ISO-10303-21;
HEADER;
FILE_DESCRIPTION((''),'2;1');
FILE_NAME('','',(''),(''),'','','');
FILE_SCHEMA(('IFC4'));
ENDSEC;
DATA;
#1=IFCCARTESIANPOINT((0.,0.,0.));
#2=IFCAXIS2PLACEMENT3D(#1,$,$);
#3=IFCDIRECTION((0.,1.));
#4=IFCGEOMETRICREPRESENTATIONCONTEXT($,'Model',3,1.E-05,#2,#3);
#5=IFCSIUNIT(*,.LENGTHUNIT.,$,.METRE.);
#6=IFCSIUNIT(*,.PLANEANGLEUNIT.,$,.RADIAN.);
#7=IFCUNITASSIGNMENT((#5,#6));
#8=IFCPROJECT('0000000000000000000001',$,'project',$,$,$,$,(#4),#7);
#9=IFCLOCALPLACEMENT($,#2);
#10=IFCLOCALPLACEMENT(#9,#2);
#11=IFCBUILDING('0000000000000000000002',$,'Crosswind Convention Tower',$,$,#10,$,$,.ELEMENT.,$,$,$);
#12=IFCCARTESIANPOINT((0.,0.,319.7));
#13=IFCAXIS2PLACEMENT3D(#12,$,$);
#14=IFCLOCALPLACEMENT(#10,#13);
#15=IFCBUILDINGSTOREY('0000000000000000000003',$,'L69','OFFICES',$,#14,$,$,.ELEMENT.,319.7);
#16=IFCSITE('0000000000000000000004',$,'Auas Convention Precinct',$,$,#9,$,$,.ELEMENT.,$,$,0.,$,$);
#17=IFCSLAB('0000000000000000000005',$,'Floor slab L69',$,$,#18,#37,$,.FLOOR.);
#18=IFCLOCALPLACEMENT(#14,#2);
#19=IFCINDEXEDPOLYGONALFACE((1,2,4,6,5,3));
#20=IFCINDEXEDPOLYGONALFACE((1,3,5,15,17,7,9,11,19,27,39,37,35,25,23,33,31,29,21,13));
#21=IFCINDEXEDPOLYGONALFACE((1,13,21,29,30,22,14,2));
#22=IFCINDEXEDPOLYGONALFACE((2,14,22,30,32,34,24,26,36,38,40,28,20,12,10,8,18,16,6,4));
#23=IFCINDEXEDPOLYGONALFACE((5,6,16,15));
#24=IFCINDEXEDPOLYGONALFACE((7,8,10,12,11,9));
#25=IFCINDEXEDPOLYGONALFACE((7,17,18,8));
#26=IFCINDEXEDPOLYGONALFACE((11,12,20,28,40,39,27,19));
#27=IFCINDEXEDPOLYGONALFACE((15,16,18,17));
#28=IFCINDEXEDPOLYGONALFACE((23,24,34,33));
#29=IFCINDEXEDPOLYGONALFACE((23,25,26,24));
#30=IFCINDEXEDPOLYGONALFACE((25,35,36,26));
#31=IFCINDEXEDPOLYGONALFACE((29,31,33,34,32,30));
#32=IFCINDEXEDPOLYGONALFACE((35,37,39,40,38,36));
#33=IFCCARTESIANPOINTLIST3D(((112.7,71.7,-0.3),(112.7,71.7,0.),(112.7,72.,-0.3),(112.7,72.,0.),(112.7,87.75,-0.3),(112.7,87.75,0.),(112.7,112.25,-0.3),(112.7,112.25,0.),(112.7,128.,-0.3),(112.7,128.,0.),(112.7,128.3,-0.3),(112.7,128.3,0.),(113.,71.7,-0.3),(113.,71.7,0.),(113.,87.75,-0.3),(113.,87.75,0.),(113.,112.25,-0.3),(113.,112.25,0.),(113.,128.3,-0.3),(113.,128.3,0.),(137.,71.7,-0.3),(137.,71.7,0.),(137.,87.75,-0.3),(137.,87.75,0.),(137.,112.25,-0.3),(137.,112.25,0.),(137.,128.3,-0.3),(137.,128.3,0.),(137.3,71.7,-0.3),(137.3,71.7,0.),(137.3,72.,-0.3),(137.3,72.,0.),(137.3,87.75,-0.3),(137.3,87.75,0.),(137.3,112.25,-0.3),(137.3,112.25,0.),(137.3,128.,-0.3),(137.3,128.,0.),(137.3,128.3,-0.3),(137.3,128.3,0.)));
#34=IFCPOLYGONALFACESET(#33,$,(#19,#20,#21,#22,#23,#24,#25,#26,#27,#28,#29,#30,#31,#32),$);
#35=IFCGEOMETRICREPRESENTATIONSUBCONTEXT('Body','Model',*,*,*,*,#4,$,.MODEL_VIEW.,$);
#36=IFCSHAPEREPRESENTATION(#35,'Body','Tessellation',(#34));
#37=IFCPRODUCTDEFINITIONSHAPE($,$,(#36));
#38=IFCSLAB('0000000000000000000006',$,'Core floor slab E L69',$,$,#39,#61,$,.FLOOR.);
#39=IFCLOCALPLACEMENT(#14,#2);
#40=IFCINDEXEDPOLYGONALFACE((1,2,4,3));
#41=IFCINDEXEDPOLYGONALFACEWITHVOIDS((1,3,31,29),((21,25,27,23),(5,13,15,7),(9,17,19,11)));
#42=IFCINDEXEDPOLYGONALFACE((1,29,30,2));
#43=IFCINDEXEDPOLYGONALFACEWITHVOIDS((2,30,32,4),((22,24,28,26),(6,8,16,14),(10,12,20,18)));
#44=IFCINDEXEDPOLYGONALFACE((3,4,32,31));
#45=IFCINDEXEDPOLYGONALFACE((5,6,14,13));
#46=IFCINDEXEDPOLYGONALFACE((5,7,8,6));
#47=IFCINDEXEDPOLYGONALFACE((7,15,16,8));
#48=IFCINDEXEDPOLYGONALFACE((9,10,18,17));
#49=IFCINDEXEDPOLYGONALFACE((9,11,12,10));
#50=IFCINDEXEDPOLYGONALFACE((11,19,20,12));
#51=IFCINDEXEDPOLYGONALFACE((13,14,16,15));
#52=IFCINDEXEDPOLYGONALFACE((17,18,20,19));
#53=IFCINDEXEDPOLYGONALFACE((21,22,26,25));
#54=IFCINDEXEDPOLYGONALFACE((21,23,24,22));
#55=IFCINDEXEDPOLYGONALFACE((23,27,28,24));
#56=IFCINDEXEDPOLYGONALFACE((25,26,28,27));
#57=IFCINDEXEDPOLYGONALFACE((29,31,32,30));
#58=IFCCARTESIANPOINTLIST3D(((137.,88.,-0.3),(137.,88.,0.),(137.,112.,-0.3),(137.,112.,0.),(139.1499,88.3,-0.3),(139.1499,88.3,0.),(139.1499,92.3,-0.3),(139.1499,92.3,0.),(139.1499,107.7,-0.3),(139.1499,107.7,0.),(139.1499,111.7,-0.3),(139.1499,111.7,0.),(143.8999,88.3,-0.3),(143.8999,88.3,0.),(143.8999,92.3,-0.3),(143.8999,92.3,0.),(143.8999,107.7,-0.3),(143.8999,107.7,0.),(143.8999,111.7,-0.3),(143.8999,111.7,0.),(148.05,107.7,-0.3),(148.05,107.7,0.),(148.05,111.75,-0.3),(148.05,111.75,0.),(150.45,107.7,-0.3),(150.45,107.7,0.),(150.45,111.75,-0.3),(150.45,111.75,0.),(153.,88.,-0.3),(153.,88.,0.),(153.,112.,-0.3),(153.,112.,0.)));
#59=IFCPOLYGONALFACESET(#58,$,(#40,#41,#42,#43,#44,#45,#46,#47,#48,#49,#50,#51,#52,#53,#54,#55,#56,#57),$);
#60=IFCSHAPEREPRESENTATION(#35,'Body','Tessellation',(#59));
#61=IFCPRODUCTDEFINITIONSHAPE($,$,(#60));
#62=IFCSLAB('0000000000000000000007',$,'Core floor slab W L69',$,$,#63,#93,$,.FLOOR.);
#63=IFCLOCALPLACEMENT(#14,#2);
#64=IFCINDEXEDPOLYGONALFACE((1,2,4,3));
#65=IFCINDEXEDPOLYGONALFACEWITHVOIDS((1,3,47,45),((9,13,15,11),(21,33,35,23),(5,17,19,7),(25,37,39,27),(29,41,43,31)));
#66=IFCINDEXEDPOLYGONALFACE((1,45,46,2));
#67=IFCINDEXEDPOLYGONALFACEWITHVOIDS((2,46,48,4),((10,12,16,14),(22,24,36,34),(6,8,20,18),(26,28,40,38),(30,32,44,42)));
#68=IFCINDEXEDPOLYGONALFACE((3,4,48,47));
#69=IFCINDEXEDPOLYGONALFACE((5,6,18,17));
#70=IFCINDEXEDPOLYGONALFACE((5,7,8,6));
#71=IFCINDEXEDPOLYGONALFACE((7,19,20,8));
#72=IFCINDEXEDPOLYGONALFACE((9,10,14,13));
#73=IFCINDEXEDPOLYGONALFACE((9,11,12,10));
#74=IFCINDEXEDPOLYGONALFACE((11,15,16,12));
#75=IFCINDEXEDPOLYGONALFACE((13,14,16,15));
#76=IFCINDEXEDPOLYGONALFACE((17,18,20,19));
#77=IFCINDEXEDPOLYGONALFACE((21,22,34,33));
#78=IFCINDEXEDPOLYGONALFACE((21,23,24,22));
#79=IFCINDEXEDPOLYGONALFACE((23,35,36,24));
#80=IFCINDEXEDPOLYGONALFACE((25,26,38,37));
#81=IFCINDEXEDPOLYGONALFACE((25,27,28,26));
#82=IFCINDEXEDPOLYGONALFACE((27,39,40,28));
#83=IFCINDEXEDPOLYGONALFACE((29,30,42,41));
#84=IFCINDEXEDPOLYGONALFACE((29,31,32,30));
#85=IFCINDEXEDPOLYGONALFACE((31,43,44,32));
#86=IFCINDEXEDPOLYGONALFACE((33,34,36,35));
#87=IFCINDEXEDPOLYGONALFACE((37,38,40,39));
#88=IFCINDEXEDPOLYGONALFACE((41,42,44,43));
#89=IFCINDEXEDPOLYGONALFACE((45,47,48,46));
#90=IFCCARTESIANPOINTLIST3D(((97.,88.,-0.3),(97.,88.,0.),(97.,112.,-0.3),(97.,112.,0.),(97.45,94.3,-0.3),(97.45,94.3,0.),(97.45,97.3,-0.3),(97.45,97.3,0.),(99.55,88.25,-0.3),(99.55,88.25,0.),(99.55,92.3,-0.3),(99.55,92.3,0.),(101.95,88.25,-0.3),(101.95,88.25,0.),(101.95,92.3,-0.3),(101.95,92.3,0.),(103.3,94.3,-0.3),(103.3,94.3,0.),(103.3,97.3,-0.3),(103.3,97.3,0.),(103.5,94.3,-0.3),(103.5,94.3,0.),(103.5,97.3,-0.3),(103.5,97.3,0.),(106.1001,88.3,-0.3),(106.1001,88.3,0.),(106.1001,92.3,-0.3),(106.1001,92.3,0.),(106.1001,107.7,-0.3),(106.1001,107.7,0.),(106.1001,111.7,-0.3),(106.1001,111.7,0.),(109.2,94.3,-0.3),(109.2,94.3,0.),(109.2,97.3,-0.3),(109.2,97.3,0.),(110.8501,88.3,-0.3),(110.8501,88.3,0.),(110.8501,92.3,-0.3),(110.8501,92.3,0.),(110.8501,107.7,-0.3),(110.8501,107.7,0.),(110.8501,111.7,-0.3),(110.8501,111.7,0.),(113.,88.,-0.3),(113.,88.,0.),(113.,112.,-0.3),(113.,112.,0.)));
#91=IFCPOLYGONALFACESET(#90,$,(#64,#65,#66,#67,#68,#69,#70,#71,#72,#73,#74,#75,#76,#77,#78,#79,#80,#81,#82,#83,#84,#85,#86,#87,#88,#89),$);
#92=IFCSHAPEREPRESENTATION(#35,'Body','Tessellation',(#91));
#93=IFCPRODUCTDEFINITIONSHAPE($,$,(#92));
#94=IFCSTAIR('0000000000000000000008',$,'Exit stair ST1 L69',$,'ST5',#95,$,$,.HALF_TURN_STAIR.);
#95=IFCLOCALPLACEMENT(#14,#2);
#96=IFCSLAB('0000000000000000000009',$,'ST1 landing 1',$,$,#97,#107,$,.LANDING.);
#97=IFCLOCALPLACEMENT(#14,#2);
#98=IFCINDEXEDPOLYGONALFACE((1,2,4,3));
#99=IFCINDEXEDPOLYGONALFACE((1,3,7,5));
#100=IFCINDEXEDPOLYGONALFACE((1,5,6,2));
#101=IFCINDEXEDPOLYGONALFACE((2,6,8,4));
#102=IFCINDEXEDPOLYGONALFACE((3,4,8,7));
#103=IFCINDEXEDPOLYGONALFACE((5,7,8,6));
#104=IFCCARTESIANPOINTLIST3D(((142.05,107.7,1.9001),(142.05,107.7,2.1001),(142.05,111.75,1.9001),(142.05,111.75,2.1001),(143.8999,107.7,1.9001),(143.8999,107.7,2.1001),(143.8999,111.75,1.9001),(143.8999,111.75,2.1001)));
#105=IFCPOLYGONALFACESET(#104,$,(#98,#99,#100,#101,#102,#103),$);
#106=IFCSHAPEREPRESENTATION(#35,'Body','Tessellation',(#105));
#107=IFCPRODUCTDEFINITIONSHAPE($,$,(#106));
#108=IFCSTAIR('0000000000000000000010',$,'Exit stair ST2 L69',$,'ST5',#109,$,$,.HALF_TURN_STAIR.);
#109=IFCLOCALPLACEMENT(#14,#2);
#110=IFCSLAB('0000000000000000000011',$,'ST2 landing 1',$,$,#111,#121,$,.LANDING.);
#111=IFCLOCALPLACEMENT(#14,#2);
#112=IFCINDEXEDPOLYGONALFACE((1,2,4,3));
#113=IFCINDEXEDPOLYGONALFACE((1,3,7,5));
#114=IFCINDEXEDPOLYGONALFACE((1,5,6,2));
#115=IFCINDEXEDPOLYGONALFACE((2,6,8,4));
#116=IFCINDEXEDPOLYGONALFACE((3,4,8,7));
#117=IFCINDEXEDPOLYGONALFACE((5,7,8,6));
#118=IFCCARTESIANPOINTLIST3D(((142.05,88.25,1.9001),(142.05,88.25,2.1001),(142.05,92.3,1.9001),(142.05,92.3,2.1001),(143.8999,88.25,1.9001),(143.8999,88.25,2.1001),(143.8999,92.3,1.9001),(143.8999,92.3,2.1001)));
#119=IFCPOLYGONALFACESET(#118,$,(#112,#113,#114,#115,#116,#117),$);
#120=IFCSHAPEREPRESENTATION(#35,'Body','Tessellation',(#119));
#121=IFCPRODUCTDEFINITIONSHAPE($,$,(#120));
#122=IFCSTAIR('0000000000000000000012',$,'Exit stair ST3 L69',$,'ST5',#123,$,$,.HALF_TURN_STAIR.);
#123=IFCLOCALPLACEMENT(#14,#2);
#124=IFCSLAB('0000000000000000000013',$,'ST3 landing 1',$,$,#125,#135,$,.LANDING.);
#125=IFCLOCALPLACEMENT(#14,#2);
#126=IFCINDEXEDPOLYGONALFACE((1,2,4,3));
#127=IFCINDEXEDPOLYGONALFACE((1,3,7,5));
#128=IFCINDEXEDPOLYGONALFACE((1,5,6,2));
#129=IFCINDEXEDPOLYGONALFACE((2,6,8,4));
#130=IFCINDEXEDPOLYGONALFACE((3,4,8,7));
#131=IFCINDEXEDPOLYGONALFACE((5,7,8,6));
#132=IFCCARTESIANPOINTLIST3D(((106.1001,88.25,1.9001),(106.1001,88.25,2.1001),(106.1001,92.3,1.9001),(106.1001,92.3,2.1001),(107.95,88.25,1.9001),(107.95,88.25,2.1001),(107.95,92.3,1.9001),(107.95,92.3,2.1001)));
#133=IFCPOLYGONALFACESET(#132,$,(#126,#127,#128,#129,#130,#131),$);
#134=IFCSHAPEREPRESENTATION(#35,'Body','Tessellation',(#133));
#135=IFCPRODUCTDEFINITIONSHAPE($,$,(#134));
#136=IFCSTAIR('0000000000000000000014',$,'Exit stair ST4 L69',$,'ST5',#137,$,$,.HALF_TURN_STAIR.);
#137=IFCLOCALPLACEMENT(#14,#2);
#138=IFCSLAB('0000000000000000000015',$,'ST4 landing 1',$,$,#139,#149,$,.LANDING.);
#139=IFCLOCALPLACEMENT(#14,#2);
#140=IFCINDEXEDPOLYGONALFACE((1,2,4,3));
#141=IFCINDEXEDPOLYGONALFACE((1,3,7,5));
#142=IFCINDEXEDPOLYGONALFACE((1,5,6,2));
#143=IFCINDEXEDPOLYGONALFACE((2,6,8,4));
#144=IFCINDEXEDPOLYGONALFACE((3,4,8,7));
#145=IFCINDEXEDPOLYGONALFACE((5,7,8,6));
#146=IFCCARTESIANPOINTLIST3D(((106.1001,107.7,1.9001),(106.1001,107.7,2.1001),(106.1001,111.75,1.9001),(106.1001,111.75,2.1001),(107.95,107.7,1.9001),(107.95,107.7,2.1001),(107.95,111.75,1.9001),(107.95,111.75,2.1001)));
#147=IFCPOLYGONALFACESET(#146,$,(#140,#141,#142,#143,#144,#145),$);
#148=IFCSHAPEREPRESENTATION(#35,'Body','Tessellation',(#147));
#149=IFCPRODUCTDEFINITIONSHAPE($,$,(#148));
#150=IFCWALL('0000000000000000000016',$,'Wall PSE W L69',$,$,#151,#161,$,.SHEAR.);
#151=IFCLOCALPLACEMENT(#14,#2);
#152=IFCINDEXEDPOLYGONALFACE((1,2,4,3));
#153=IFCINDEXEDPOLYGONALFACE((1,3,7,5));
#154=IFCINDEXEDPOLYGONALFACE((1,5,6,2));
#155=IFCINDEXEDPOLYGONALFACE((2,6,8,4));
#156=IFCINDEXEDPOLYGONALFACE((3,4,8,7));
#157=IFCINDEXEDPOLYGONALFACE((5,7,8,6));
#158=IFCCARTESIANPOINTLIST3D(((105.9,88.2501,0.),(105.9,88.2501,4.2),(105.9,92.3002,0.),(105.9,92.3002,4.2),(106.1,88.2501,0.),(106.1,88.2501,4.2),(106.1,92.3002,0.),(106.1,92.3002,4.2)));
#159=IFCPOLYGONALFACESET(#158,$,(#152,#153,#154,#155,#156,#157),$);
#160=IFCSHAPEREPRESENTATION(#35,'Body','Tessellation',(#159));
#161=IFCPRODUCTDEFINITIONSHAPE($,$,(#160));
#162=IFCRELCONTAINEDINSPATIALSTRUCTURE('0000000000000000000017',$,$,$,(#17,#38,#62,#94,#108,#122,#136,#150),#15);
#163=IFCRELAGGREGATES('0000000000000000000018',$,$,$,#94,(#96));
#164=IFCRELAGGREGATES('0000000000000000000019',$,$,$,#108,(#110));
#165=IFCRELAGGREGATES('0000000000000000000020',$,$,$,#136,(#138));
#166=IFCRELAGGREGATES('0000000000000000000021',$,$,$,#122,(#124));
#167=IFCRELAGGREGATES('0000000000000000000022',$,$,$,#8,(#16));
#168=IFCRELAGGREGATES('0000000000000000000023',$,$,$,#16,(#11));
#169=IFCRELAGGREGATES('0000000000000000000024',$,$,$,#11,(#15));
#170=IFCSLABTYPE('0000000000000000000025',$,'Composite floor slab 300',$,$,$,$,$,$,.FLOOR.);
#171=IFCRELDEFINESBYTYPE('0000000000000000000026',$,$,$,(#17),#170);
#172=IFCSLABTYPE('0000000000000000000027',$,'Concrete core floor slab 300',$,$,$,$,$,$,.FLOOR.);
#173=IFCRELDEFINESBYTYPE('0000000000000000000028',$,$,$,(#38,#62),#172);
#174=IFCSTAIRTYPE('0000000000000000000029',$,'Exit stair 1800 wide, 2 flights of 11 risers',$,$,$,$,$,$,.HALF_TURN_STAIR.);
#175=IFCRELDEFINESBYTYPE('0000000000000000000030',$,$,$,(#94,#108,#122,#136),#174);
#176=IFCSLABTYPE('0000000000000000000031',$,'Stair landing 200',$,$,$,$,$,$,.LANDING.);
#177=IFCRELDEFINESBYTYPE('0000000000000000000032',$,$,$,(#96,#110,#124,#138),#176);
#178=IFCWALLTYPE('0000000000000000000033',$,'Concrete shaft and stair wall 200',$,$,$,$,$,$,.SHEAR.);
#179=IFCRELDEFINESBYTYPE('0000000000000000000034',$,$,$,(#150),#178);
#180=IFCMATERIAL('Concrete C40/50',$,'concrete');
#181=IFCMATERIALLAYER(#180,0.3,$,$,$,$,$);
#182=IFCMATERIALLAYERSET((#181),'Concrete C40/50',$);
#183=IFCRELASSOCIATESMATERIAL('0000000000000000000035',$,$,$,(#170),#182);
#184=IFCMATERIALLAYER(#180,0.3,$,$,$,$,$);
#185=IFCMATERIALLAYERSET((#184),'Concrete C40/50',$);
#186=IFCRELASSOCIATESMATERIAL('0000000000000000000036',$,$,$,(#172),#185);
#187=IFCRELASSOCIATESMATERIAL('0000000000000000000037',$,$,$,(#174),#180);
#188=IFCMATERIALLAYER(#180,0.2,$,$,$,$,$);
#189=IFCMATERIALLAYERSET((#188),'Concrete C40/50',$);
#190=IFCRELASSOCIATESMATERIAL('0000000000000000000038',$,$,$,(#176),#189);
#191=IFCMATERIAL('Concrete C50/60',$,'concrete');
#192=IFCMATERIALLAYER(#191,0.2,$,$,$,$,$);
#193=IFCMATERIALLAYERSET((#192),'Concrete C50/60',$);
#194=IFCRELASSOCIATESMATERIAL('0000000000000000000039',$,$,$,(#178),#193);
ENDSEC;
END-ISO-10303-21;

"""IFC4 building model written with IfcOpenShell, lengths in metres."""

from ifc_helpers import new_model, si_unit, direction, frame, frame_2d, origin, place, context, subcontext, project, spatial, polyline, rectangle, outline, extrude, material, layer, layer_set, type_object, element, aggregate, save


model = new_model("IFC4")

# Units and contexts
model_context = context("Model", 3, precision=1e-05, world=origin(), true_north=direction((0.0, 1.0)))
body_context = subcontext(model_context, "Body", "Model", "MODEL_VIEW")
ifc_project = project(units=[si_unit("LENGTHUNIT", "METRE"), si_unit("PLANEANGLEUNIT", "RADIAN")], contexts=[model_context])

# Site, building, storey
site_placement = place(None, origin())
site = spatial("IfcSite", under=ifc_project, at=site_placement, Name="Auas Convention Precinct", CompositionType="ELEMENT", RefElevation=0.0)
building_placement = place(site_placement, origin())
building = spatial("IfcBuilding", under=site, at=building_placement, Name="Crosswind Convention Tower", CompositionType="ELEMENT")
storey_placement = place(building_placement, frame((0.0, 0.0, 319.7)))
storey = spatial("IfcBuildingStorey", under=building, at=storey_placement, Name="L69", Description="OFFICES", CompositionType="ELEMENT", Elevation=319.7)

# Slabs
ifc_material_1 = material(Name="Concrete C40/50", Category="concrete")
ifc_layer_1 = layer(ifc_material_1, 0.3)
ifc_layer_set_1 = layer_set([ifc_layer_1], Name="Concrete C40/50")
slab_type_1 = type_object("IfcSlabType", Name="Composite floor slab 300", PredefinedType="FLOOR", material=ifc_layer_set_1)
slab_1_placement = place(storey_placement, frame((0.0, 0.0, -0.3)))
element("IfcSlab", 1, at=slab_1_placement, inside=storey, type_object=slab_type_1, Name="Floor slab L69", PredefinedType="FLOOR", context=body_context, shape_type="SweptSolid", body=[
    extrude(outline(polyline([(137.3, 71.7), (137.0, 71.7), (113.0, 71.7), (112.7, 71.7), (112.7, 72.0), (112.7, 87.75), (113.0, 87.75), (113.0, 112.25), (112.7, 112.25), (112.7, 128.0), (112.7, 128.3), (113.0, 128.3), (137.0, 128.3), (137.3, 128.3), (137.3, 128.0), (137.3, 112.25), (137.0, 112.25), (137.0, 87.75), (137.3, 87.75), (137.3, 72.0), (137.3, 71.7)])), origin(), (0.0, 0.0, 1.0), 0.3),
])
ifc_layer_2 = layer(ifc_material_1, 0.3)
ifc_layer_set_2 = layer_set([ifc_layer_2], Name="Concrete C40/50")
slab_type_2 = type_object("IfcSlabType", Name="Concrete core floor slab 300", PredefinedType="FLOOR", material=ifc_layer_set_2)
slab_2_placement = place(storey_placement, frame((0.0, 0.0, -0.3)))
element("IfcSlab", 2, at=slab_2_placement, inside=storey, type_object=slab_type_2, Name="Core floor slab E L69", PredefinedType="FLOOR", context=body_context, shape_type="SweptSolid", body=[
    extrude(outline(polyline([(137.0, 88.0), (153.0, 88.0), (153.0, 112.0), (137.0, 112.0), (137.0, 88.0)]), holes=[polyline([(150.45, 107.7), (150.45, 111.75), (148.05, 111.75), (148.05, 107.7), (150.45, 107.7)]), polyline([(143.8999, 107.7), (143.8999, 111.7), (139.1499, 111.7), (139.1499, 107.7), (143.8999, 107.7)]), polyline([(143.8999, 88.3), (143.8999, 92.3), (139.1499, 92.3), (139.1499, 88.3), (143.8999, 88.3)])]), origin(), (0.0, 0.0, 1.0), 0.3),
])
slab_3_placement = place(storey_placement, frame((0.0, 0.0, -0.3)))
element("IfcSlab", 3, at=slab_3_placement, inside=storey, type_object=slab_type_2, Name="Core floor slab W L69", PredefinedType="FLOOR", context=body_context, shape_type="SweptSolid", body=[
    extrude(outline(polyline([(97.0, 88.0), (113.0, 88.0), (113.0, 112.0), (97.0, 112.0), (97.0, 88.0)]), holes=[polyline([(109.2, 94.3), (109.2, 97.3), (103.5, 97.3), (103.5, 94.3), (109.2, 94.3)]), polyline([(103.3, 94.3), (103.3, 97.3), (97.45, 97.3), (97.45, 94.3), (103.3, 94.3)]), polyline([(101.95, 88.25), (101.95, 92.3), (99.55, 92.3), (99.55, 88.25), (101.95, 88.25)]), polyline([(110.8501, 88.3), (110.8501, 92.3), (106.1001, 92.3), (106.1001, 88.3), (110.8501, 88.3)]), polyline([(110.8501, 107.7), (110.8501, 111.7), (106.1001, 111.7), (106.1001, 107.7), (110.8501, 107.7)])]), origin(), (0.0, 0.0, 1.0), 0.3),
])

# Stairs, slabs
stair_type = type_object("IfcStairType", Name="Exit stair 1800 wide, 2 flights of 11 risers", PredefinedType="HALF_TURN_STAIR", material=ifc_material_1)
stair_1_placement = place(storey_placement, origin())
stair_1 = element("IfcStair", 4, at=stair_1_placement, inside=storey, type_object=stair_type, Name="Exit stair ST1 L69", ObjectType="ST5", PredefinedType="HALF_TURN_STAIR")
ifc_layer_3 = layer(ifc_material_1, 0.2)
ifc_layer_set_3 = layer_set([ifc_layer_3], Name="Concrete C40/50")
slab_type_3 = type_object("IfcSlabType", Name="Stair landing 200", PredefinedType="LANDING", material=ifc_layer_set_3)
slab_4_placement = place(storey_placement, frame((0.0, 0.0, 1.9001)))
slab_4 = element("IfcSlab", 5, at=slab_4_placement, type_object=slab_type_3, Name="ST1 landing 1", PredefinedType="LANDING", context=body_context, shape_type="SweptSolid", body=[
    extrude(outline(polyline([(143.8999, 107.7), (143.8999, 111.75), (142.05, 111.75), (142.05, 107.7), (143.8999, 107.7)])), origin(), (0.0, 0.0, 1.0), 0.2),
])
aggregate(stair_1, [slab_4])
stair_2_placement = place(storey_placement, origin())
stair_2 = element("IfcStair", 6, at=stair_2_placement, inside=storey, type_object=stair_type, Name="Exit stair ST2 L69", ObjectType="ST5", PredefinedType="HALF_TURN_STAIR")
slab_5_placement = place(storey_placement, frame((0.0, 0.0, 1.9001)))
slab_5 = element("IfcSlab", 7, at=slab_5_placement, type_object=slab_type_3, Name="ST2 landing 1", PredefinedType="LANDING", context=body_context, shape_type="SweptSolid", body=[
    extrude(outline(polyline([(143.8999, 88.25), (143.8999, 92.3), (142.05, 92.3), (142.05, 88.25), (143.8999, 88.25)])), origin(), (0.0, 0.0, 1.0), 0.2),
])
aggregate(stair_2, [slab_5])
stair_3_placement = place(storey_placement, origin())
stair_3 = element("IfcStair", 8, at=stair_3_placement, inside=storey, type_object=stair_type, Name="Exit stair ST3 L69", ObjectType="ST5", PredefinedType="HALF_TURN_STAIR")
slab_6_placement = place(storey_placement, frame((0.0, 0.0, 1.9001)))
slab_6 = element("IfcSlab", 9, at=slab_6_placement, type_object=slab_type_3, Name="ST3 landing 1", PredefinedType="LANDING", context=body_context, shape_type="SweptSolid", body=[
    extrude(outline(polyline([(107.95, 88.25), (107.95, 92.3), (106.1001, 92.3), (106.1001, 88.25), (107.95, 88.25)])), origin(), (0.0, 0.0, 1.0), 0.2),
])
stair_4_placement = place(storey_placement, origin())
stair_4 = element("IfcStair", 10, at=stair_4_placement, inside=storey, type_object=stair_type, Name="Exit stair ST4 L69", ObjectType="ST5", PredefinedType="HALF_TURN_STAIR")
slab_7_placement = place(storey_placement, frame((0.0, 0.0, 1.9001)))
slab_7 = element("IfcSlab", 11, at=slab_7_placement, type_object=slab_type_3, Name="ST4 landing 1", PredefinedType="LANDING", context=body_context, shape_type="SweptSolid", body=[
    extrude(outline(polyline([(107.95, 107.7), (107.95, 111.75), (106.1001, 111.75), (106.1001, 107.7), (107.95, 107.7)])), origin(), (0.0, 0.0, 1.0), 0.2),
])
aggregate(stair_4, [slab_7])

# Wall
ifc_material_2 = material(Name="Concrete C50/60", Category="concrete")
ifc_layer_4 = layer(ifc_material_2, 0.2)
ifc_layer_set_4 = layer_set([ifc_layer_4], Name="Concrete C50/60")
wall_type_1 = type_object("IfcWallType", Name="Concrete shaft and stair wall 200", PredefinedType="SHEAR", material=ifc_layer_set_4)
wall_1_placement = place(storey_placement, frame((106.0, 92.3, 0.0), z_axis=(0.0, 0.0, 1.0), x_axis=(0.0, -1.0, 0.0)))
element("IfcWall", 12, at=wall_1_placement, inside=storey, type_object=wall_type_1, Name="Wall PSE W L69", PredefinedType="SHEAR", context=body_context, shape_type="SweptSolid", body=[
    extrude(rectangle(XDim=4.05, YDim=0.2, at=frame_2d((2.0249, 0.0))), origin(), (0.0, 0.0, 1.0), 4.2),
])

aggregate(stair_3, [slab_6])

save(model, "model.ifc")
